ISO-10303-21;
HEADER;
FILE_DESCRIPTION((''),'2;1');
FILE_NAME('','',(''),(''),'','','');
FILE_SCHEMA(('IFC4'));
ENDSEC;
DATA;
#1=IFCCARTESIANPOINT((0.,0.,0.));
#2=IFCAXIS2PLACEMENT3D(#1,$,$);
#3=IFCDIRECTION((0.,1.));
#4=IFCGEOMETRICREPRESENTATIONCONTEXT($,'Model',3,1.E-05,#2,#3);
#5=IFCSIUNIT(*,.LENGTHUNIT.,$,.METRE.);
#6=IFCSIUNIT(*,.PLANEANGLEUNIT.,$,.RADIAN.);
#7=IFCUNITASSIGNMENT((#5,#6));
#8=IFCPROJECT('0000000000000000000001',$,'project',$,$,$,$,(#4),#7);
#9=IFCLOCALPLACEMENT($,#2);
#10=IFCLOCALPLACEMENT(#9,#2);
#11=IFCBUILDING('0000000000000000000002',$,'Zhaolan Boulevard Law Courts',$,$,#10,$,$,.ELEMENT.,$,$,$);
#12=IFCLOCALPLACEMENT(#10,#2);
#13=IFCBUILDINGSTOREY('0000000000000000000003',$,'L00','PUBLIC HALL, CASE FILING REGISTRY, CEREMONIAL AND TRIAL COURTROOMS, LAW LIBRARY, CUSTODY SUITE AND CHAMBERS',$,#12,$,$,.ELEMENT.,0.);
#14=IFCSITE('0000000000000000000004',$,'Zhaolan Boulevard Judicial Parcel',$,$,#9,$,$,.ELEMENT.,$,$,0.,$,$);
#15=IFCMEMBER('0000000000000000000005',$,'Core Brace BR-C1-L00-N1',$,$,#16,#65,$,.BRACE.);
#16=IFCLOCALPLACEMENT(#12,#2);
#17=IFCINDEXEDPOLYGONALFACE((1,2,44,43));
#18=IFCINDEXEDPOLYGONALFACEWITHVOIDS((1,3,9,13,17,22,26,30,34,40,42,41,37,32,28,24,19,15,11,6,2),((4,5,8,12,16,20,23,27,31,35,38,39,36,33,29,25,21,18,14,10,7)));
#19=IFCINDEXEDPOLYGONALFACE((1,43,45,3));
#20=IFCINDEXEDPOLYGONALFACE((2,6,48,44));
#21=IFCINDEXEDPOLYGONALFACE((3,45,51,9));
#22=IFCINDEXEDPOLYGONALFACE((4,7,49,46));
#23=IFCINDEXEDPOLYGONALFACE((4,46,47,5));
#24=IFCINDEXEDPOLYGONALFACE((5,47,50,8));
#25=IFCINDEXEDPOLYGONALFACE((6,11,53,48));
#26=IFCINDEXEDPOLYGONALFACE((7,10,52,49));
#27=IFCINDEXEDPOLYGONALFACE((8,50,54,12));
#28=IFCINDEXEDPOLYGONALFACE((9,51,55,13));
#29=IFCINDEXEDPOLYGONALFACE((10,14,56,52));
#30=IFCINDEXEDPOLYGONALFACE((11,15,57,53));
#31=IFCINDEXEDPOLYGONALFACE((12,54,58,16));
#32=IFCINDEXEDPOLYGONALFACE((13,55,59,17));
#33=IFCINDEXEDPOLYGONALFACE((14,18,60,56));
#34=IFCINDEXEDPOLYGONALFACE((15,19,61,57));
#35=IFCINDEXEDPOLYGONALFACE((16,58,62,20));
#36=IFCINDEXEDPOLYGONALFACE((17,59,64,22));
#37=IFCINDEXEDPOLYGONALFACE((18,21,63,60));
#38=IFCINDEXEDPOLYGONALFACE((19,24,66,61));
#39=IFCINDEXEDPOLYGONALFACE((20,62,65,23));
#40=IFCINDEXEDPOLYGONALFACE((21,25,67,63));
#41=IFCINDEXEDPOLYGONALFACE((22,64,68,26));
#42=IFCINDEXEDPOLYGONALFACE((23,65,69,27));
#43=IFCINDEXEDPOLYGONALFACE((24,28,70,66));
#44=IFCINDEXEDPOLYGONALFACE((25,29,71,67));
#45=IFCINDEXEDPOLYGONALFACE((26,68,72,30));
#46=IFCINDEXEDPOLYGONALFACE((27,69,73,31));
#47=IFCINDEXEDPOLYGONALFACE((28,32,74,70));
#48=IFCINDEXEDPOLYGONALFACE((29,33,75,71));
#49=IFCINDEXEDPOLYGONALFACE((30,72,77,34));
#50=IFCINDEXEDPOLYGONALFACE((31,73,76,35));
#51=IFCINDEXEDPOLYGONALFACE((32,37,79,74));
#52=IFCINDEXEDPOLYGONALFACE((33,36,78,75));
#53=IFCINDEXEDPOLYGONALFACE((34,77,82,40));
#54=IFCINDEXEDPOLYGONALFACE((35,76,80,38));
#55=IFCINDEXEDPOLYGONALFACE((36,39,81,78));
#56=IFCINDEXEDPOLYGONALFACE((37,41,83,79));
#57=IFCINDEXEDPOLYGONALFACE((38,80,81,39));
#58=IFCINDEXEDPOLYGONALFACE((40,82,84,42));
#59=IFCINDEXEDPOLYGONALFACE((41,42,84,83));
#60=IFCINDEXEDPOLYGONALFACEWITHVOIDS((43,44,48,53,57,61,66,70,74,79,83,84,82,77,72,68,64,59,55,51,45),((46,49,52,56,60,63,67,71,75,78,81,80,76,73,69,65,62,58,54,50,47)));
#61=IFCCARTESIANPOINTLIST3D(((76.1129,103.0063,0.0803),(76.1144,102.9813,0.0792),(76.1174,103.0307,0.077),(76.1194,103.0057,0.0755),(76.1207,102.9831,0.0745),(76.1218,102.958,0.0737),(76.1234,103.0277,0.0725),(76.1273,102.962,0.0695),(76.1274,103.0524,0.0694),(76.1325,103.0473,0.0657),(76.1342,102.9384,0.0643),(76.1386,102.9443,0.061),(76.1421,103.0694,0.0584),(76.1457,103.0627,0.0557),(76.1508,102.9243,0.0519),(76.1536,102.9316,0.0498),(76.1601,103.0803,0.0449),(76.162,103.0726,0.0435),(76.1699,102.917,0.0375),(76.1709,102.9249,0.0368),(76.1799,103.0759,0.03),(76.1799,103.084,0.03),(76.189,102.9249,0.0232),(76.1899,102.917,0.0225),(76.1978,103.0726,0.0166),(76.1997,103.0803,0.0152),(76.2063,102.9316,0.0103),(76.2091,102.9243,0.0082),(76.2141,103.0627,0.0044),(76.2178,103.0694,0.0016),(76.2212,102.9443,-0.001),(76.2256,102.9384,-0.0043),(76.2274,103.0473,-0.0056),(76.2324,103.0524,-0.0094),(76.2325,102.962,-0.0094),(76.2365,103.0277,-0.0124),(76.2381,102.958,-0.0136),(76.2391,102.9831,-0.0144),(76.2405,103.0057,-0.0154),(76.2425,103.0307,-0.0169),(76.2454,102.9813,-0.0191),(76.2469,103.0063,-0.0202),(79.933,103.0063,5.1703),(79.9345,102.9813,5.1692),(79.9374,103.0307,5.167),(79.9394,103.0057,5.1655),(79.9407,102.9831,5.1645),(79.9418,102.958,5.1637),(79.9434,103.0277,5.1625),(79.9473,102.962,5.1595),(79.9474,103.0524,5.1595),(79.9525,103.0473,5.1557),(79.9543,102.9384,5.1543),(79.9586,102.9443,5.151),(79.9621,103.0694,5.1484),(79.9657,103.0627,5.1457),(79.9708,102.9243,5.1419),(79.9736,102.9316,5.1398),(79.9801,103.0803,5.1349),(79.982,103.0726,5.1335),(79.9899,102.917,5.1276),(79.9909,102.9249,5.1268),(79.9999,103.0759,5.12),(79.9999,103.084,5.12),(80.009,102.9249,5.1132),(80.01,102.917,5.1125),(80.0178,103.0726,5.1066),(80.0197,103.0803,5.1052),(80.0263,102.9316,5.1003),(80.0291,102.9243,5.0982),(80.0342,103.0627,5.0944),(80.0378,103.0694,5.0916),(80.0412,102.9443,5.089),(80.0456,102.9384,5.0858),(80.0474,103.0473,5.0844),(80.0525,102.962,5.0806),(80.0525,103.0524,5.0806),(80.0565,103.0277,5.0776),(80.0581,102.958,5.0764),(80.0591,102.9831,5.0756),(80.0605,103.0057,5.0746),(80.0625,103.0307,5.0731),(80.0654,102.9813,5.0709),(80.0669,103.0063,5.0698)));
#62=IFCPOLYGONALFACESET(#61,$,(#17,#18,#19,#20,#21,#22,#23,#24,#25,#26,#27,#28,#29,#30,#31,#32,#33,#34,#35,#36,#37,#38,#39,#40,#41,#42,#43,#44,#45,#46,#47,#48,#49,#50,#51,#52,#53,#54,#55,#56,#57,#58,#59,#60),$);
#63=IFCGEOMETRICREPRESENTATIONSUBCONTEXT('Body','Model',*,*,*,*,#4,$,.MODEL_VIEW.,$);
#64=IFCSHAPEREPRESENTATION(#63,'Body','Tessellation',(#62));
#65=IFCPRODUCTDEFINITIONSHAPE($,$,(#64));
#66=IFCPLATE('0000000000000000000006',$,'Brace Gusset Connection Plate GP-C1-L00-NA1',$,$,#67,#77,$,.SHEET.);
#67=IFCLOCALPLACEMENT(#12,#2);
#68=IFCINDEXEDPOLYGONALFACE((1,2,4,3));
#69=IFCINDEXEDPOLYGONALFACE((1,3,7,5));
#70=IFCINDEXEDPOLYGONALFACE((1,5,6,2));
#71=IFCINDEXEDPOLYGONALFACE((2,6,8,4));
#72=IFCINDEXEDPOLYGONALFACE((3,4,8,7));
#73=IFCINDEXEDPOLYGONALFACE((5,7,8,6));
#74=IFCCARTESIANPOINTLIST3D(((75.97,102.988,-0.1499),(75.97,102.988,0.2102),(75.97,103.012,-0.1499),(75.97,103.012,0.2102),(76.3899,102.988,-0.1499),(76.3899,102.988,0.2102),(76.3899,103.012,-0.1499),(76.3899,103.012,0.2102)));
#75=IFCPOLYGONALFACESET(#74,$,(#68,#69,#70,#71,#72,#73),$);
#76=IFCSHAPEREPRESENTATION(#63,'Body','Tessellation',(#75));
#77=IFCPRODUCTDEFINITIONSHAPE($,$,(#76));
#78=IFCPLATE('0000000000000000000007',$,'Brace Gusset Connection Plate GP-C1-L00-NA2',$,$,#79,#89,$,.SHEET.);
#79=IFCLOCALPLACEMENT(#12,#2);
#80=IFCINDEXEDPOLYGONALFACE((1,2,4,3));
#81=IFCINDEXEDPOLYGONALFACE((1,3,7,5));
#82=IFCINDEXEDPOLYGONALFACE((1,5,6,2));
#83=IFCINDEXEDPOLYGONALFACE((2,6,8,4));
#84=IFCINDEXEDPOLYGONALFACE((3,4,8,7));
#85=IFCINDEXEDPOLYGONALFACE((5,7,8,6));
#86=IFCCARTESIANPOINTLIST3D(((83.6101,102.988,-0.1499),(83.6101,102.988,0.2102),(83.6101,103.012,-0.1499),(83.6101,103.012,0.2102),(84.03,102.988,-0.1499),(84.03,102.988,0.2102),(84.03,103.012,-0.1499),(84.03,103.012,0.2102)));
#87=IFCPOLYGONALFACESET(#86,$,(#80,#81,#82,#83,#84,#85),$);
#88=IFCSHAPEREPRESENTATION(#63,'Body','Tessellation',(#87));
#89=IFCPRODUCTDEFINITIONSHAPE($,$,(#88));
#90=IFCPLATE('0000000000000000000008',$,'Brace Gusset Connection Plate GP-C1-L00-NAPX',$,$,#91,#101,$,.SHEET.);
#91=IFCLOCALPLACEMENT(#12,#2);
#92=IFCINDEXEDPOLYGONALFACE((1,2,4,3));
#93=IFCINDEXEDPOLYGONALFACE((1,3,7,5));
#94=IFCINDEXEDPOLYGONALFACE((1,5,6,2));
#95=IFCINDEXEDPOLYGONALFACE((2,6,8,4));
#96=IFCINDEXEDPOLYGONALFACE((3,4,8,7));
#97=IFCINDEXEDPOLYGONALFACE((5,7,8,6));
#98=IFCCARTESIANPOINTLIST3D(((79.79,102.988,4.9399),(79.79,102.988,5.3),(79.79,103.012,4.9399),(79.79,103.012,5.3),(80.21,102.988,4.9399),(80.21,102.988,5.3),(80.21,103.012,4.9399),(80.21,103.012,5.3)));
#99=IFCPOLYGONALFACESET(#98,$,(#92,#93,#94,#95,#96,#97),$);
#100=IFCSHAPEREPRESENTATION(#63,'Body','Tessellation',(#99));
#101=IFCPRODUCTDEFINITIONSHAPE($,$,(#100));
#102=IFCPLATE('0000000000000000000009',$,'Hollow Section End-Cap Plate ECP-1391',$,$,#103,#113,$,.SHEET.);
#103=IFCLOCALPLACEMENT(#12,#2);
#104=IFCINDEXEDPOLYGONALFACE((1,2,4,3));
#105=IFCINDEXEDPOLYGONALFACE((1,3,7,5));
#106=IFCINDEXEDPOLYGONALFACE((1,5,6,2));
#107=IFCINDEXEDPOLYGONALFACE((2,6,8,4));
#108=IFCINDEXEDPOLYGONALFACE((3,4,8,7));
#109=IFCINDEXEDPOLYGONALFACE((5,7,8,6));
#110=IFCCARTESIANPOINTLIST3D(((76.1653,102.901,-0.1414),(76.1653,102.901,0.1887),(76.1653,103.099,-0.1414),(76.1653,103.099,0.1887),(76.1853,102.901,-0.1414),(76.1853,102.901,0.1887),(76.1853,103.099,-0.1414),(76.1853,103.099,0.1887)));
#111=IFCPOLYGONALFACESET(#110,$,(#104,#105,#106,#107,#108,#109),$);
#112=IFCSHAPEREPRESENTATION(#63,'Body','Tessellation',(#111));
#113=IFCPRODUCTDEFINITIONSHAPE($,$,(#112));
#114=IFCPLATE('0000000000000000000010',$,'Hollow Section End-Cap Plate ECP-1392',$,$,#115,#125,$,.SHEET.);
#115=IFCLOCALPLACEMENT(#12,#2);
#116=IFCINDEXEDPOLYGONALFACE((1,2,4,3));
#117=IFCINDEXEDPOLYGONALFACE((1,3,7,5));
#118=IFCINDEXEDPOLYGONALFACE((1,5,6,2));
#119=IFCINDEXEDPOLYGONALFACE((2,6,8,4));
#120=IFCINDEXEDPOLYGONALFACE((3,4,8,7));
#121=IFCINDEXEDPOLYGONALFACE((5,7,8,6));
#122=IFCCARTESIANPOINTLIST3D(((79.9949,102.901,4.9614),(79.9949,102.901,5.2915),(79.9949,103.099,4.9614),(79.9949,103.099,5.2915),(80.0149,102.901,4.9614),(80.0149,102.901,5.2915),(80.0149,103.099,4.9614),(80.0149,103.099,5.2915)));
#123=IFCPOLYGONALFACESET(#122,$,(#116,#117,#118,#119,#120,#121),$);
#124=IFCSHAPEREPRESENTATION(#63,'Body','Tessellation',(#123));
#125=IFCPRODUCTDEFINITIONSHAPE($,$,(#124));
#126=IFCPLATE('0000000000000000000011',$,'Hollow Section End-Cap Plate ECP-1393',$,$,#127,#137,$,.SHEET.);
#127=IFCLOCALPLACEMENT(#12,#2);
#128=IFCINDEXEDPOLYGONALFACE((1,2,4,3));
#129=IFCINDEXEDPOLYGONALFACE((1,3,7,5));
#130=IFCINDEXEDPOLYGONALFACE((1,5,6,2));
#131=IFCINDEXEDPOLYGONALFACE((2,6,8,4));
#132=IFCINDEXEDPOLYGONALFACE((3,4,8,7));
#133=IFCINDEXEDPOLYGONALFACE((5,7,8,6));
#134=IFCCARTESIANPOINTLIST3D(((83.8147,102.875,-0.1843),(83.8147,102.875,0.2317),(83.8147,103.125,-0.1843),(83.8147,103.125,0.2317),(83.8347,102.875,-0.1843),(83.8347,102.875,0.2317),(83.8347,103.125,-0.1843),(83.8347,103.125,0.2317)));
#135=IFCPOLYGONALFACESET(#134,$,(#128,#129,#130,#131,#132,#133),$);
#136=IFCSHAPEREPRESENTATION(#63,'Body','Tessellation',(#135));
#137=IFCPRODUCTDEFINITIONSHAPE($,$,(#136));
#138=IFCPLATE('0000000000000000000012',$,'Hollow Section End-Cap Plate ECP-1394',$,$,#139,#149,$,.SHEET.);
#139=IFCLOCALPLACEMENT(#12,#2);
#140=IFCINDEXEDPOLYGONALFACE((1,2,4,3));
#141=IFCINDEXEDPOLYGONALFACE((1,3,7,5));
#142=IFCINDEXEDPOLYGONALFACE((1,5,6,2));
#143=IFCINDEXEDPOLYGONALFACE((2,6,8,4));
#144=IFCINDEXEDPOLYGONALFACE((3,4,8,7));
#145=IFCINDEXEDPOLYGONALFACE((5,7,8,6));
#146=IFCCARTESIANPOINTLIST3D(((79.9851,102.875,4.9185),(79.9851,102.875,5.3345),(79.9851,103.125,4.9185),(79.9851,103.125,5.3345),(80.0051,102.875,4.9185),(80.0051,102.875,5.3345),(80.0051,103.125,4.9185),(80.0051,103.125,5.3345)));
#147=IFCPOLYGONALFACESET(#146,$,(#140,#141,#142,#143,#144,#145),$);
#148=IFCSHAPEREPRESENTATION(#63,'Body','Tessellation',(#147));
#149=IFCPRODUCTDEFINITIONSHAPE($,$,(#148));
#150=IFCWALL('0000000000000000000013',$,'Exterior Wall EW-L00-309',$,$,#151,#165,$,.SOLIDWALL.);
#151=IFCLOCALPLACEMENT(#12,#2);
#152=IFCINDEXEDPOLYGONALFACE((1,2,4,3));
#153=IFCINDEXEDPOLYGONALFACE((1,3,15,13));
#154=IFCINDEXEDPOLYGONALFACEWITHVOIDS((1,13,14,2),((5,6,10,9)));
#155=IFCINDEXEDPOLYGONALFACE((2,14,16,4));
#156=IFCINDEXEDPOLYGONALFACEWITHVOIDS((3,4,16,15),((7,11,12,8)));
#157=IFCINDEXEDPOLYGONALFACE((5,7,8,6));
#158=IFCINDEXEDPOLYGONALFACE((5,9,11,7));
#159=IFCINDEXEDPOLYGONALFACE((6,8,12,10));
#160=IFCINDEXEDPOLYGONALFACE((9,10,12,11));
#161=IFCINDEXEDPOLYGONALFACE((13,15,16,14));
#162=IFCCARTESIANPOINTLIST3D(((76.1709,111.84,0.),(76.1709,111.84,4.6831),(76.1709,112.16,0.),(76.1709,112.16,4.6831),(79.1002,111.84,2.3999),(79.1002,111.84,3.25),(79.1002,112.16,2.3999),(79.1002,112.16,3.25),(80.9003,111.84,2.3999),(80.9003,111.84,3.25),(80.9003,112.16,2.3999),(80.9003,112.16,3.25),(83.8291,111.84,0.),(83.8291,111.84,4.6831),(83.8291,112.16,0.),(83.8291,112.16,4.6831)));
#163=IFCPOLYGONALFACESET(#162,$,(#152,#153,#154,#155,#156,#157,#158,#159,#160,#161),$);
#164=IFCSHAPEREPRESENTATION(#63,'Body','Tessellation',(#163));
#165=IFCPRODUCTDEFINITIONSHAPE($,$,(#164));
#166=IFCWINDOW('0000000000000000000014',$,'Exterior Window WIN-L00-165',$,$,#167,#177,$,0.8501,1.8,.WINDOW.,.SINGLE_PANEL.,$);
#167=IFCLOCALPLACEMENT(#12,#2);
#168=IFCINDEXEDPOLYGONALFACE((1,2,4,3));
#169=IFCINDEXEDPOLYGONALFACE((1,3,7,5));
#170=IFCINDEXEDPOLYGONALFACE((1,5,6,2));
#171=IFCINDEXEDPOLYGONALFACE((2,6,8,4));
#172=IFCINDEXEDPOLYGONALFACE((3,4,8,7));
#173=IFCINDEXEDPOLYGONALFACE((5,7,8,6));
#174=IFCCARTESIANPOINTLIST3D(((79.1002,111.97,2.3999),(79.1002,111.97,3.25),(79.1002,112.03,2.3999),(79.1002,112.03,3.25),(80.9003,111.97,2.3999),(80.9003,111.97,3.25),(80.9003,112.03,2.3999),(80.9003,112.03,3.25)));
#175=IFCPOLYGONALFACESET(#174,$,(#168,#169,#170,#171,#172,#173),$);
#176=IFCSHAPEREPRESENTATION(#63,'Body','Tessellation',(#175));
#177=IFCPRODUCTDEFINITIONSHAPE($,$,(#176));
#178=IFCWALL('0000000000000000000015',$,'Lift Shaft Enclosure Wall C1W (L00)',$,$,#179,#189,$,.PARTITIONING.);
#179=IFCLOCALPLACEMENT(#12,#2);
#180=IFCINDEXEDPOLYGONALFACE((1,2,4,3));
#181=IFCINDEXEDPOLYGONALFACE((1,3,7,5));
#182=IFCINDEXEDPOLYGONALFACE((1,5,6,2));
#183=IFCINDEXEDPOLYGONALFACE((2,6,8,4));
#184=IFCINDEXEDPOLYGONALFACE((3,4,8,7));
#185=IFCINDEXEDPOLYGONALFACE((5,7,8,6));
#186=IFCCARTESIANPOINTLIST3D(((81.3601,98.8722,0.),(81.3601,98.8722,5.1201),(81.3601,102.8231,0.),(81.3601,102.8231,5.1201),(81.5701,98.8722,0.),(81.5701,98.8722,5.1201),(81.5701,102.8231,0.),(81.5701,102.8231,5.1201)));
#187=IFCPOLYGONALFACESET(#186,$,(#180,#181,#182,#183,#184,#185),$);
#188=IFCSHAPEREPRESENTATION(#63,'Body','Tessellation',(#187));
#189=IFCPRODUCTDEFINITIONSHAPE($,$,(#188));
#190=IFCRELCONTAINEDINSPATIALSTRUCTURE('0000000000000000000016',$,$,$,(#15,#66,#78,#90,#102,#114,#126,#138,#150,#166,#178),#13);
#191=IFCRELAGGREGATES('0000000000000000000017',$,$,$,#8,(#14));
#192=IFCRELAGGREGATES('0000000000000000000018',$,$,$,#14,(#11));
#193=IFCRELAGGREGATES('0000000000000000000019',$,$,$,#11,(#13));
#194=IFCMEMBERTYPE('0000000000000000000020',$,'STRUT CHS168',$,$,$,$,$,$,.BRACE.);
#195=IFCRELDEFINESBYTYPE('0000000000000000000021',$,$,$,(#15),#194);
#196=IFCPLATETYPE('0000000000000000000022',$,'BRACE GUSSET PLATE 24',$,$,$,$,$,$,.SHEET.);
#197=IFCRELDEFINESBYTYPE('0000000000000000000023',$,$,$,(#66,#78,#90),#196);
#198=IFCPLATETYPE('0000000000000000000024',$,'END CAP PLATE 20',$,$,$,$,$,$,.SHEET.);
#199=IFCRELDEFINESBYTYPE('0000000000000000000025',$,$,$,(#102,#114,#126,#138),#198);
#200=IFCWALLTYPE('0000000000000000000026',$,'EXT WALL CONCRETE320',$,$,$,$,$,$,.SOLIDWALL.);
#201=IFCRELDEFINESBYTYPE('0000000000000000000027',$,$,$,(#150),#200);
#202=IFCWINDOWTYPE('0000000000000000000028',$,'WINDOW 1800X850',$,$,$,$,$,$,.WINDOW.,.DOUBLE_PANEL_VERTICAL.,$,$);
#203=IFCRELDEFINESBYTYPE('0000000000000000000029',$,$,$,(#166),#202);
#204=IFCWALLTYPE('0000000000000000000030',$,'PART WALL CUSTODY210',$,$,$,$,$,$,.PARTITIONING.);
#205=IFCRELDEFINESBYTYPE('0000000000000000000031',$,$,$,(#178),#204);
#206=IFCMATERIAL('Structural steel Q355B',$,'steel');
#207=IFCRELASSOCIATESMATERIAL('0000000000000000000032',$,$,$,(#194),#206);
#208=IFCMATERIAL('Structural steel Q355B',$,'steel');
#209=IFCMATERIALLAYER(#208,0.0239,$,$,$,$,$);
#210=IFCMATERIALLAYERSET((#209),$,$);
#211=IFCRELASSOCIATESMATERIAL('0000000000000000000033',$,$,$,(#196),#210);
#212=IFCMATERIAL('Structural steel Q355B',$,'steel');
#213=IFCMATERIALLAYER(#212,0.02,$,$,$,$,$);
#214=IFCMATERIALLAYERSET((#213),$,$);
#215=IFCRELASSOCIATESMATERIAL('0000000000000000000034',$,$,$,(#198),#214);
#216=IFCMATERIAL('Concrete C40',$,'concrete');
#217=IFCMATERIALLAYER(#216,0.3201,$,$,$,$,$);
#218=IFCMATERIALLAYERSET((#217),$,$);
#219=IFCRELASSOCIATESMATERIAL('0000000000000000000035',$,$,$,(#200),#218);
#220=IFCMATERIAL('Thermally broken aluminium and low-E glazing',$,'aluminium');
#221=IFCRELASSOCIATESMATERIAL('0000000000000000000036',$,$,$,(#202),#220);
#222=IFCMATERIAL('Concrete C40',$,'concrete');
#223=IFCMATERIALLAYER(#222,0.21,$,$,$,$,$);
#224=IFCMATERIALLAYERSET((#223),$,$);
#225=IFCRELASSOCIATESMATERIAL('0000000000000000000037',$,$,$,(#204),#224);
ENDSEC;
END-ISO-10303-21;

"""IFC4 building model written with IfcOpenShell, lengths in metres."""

from ifc_helpers import new_model, si_unit, direction, frame, frame_2d, origin, origin_2d, place, context, subcontext, project, spatial, rectangle, hollow_circle, extrude, material, layer, layer_set, material_profile, profile_set, type_object, element, fill, save


model = new_model("IFC4")

# Units and contexts
model_context = context("Model", 3, precision=1e-05, world=origin(), true_north=direction((0.0, 1.0)))
body_context = subcontext(model_context, "Body", "Model", "MODEL_VIEW")
ifc_project = project(units=[si_unit("LENGTHUNIT", "METRE"), si_unit("PLANEANGLEUNIT", "RADIAN")], contexts=[model_context])

# Site, building, storey
site_placement = place(None, origin())
site = spatial("IfcSite", under=ifc_project, at=site_placement, Name="Zhaolan Boulevard Judicial Parcel", CompositionType="ELEMENT", RefElevation=0.0)
building_placement = place(site_placement, origin())
building = spatial("IfcBuilding", under=site, at=building_placement, Name="Zhaolan Boulevard Law Courts", CompositionType="ELEMENT")
storey_placement = place(building_placement, origin())
storey = spatial("IfcBuildingStorey", under=building, at=storey_placement, Name="L00", Description="PUBLIC HALL, CASE FILING REGISTRY, CEREMONIAL AND TRIAL COURTROOMS, LAW LIBRARY, CUSTODY SUITE AND CHAMBERS", CompositionType="ELEMENT", Elevation=0.0)

# Member
ifc_material_1 = material(Name="Structural steel Q355B", Category="steel")
ifc_material_profile_1 = material_profile(ifc_material_1, hollow_circle(Radius=0.084, WallThickness=0.0081, at=origin_2d()), Name="CHS168x8")
ifc_profile_set_1 = profile_set([ifc_material_profile_1], Name="Structural steel Q355B")
member_type_1 = type_object("IfcMemberType", Name="STRUT CHS168", PredefinedType="BRACE", material=ifc_profile_set_1)
member_1_placement = place(storey_placement, frame((76.1799, 103.0, 0.03), z_axis=(0.600252, 0.0, 0.799811), x_axis=(0.0, 1.0, 0.0)))
element("IfcMember", 1, at=member_1_placement, inside=storey, type_object=member_type_1, Name="Core Brace BR-C1-L00-N1", PredefinedType="BRACE", context=body_context, shape_type="SweptSolid", body=[
    extrude(hollow_circle(Radius=0.084, WallThickness=0.0081, at=origin_2d()), origin(), (0.0, 0.0, 1.0), 6.364),
])

# Plates
ifc_material_2 = material(Name="Structural steel Q355B", Category="steel")
ifc_layer_1 = layer(ifc_material_2, 0.0239)
ifc_layer_set_1 = layer_set([ifc_layer_1])
plate_type_1 = type_object("IfcPlateType", Name="BRACE GUSSET PLATE 24", PredefinedType="SHEET", material=ifc_layer_set_1)
for number, where, z_axis, x_axis, name in (
    (2, (76.1799, 103.0, -0.1499), (0.0, 0.0, 1.0), (1.0, 0.0, 0.0), "Brace Gusset Connection Plate GP-C1-L00-NA1"),
    (3, (83.8201, 103.0, -0.1499), (0.0, 0.0, 1.0), (1.0, 0.0, 0.0), "Brace Gusset Connection Plate GP-C1-L00-NA2"),
    (4, (80.0, 103.0, 4.9399), (0.0, 0.0, 1.0), (1.0, 0.0, 0.0), "Brace Gusset Connection Plate GP-C1-L00-NAPX"),
):
    element("IfcPlate", number, at=place(storey_placement, frame(where, z_axis=z_axis, x_axis=x_axis)), inside=storey, type_object=plate_type_1, Name=name, PredefinedType="SHEET", context=body_context, shape_type="SweptSolid", body=[
        extrude(rectangle(XDim=0.4199, YDim=0.0239, at=origin_2d()), origin(), (0.0, 0.0, 1.0), 0.3601),
    ])
ifc_material_3 = material(Name="Structural steel Q355B", Category="steel")
ifc_layer_2 = layer(ifc_material_3, 0.02)
ifc_layer_set_2 = layer_set([ifc_layer_2])
plate_type_2 = type_object("IfcPlateType", Name="END CAP PLATE 20", PredefinedType="SHEET", material=ifc_layer_set_2)
for number, where, z_axis, x_axis, name in (
    (5, (76.1753, 103.0, -0.1414), (0.0, 0.0, 1.0), (1.0, 0.0, 0.0), "Hollow Section End-Cap Plate ECP-1391"),
    (6, (80.0049, 103.0, 4.9614), (0.0, 0.0, 1.0), (1.0, 0.0, 0.0), "Hollow Section End-Cap Plate ECP-1392"),
):
    element("IfcPlate", number, at=place(storey_placement, frame(where, z_axis=z_axis, x_axis=x_axis)), inside=storey, type_object=plate_type_2, Name=name, PredefinedType="SHEET", context=body_context, shape_type="SweptSolid", body=[
        extrude(rectangle(XDim=0.02, YDim=0.198, at=origin_2d()), origin(), (0.0, 0.0, 1.0), 0.3301),
    ])
for number, where, z_axis, x_axis, name in (
    (7, (83.8247, 103.0, -0.1843), (0.0, 0.0, 1.0), (-1.0, 0.0, 0.0), "Hollow Section End-Cap Plate ECP-1393"),
    (8, (79.9951, 103.0, 4.9185), (0.0, 0.0, 1.0), (-1.0, 0.0, 0.0), "Hollow Section End-Cap Plate ECP-1394"),
):
    element("IfcPlate", number, at=place(storey_placement, frame(where, z_axis=z_axis, x_axis=x_axis)), inside=storey, type_object=plate_type_2, Name=name, PredefinedType="SHEET", context=body_context, shape_type="SweptSolid", body=[
        extrude(rectangle(XDim=0.02, YDim=0.25, at=origin_2d()), origin(), (0.0, 0.0, 1.0), 0.416),
    ])

# Wall, opening, window
ifc_material_4 = material(Name="Concrete C40", Category="concrete")
ifc_layer_3 = layer(ifc_material_4, 0.3201)
ifc_layer_set_3 = layer_set([ifc_layer_3])
wall_type_1 = type_object("IfcWallType", Name="EXT WALL CONCRETE320", PredefinedType="SOLIDWALL", material=ifc_layer_set_3)
wall_1_placement = place(storey_placement, frame((83.8291, 112.0, 0.0), z_axis=(0.0, 0.0, 1.0), x_axis=(-1.0, 0.0, 0.0)))
wall_1 = element("IfcWall", 9, at=wall_1_placement, inside=storey, type_object=wall_type_1, Name="Exterior Wall EW-L00-309", PredefinedType="SOLIDWALL", context=body_context, shape_type="SweptSolid", body=[
    extrude(rectangle(XDim=7.6582, YDim=0.3201, at=frame_2d((3.8291, 0.0))), origin(), (0.0, 0.0, 1.0), 4.6831),
])
opening_1_placement = place(wall_1_placement, frame((2.929, 0.0, 2.3999)))
opening_1 = element("IfcOpeningElement", 10, at=opening_1_placement, cuts=wall_1, PredefinedType="OPENING", context=body_context, shape_type="SweptSolid", body=[
    extrude(rectangle(XDim=1.8, YDim=0.8501, at=frame_2d((0.8999, 0.425))), frame((0.0, 0.1699, 0.0), z_axis=(0.0, -1.0, 0.0), x_axis=(1.0, 0.0, 0.0)), (0.0, 0.0, 1.0), 0.3401),
])
ifc_material_5 = material(Name="Thermally broken aluminium and low-E glazing", Category="aluminium")
window_type = type_object("IfcWindowType", Name="WINDOW 1800X850", PartitioningType="DOUBLE_PANEL_VERTICAL", PredefinedType="WINDOW", material=ifc_material_5)
window_placement = place(opening_1_placement, origin())
window = element("IfcWindow", 11, at=window_placement, inside=storey, type_object=window_type, Name="Exterior Window WIN-L00-165", OverallHeight=0.8501, OverallWidth=1.8, PartitioningType="SINGLE_PANEL", PredefinedType="WINDOW", context=body_context, shape_type="SweptSolid", body=[
    extrude(rectangle(XDim=1.8, YDim=0.8501, at=frame_2d((0.8999, 0.425))), frame((0.0, 0.03, 0.0), z_axis=(0.0, -1.0, 0.0), x_axis=(1.0, 0.0, 0.0)), (0.0, 0.0, 1.0), 0.0601),
])
fill(opening_1, window)

# Wall
ifc_material_6 = material(Name="Concrete C40", Category="concrete")
ifc_layer_4 = layer(ifc_material_6, 0.21)
ifc_layer_set_4 = layer_set([ifc_layer_4])
wall_type_2 = type_object("IfcWallType", Name="PART WALL CUSTODY210", PredefinedType="PARTITIONING", material=ifc_layer_set_4)
wall_2_placement = place(storey_placement, frame((81.4651, 98.8721, 0.0), z_axis=(0.0, 0.0, 1.0), x_axis=(0.0, 1.0, 0.0)))
element("IfcWall", 12, at=wall_2_placement, inside=storey, type_object=wall_type_2, Name="Lift Shaft Enclosure Wall C1W (L00)", PredefinedType="PARTITIONING", context=body_context, shape_type="SweptSolid", body=[
    extrude(rectangle(XDim=3.9509, YDim=0.21, at=frame_2d((1.9756, 0.0))), origin(), (0.0, 0.0, 1.0), 5.1201),
])

save(model, "model.ifc")
